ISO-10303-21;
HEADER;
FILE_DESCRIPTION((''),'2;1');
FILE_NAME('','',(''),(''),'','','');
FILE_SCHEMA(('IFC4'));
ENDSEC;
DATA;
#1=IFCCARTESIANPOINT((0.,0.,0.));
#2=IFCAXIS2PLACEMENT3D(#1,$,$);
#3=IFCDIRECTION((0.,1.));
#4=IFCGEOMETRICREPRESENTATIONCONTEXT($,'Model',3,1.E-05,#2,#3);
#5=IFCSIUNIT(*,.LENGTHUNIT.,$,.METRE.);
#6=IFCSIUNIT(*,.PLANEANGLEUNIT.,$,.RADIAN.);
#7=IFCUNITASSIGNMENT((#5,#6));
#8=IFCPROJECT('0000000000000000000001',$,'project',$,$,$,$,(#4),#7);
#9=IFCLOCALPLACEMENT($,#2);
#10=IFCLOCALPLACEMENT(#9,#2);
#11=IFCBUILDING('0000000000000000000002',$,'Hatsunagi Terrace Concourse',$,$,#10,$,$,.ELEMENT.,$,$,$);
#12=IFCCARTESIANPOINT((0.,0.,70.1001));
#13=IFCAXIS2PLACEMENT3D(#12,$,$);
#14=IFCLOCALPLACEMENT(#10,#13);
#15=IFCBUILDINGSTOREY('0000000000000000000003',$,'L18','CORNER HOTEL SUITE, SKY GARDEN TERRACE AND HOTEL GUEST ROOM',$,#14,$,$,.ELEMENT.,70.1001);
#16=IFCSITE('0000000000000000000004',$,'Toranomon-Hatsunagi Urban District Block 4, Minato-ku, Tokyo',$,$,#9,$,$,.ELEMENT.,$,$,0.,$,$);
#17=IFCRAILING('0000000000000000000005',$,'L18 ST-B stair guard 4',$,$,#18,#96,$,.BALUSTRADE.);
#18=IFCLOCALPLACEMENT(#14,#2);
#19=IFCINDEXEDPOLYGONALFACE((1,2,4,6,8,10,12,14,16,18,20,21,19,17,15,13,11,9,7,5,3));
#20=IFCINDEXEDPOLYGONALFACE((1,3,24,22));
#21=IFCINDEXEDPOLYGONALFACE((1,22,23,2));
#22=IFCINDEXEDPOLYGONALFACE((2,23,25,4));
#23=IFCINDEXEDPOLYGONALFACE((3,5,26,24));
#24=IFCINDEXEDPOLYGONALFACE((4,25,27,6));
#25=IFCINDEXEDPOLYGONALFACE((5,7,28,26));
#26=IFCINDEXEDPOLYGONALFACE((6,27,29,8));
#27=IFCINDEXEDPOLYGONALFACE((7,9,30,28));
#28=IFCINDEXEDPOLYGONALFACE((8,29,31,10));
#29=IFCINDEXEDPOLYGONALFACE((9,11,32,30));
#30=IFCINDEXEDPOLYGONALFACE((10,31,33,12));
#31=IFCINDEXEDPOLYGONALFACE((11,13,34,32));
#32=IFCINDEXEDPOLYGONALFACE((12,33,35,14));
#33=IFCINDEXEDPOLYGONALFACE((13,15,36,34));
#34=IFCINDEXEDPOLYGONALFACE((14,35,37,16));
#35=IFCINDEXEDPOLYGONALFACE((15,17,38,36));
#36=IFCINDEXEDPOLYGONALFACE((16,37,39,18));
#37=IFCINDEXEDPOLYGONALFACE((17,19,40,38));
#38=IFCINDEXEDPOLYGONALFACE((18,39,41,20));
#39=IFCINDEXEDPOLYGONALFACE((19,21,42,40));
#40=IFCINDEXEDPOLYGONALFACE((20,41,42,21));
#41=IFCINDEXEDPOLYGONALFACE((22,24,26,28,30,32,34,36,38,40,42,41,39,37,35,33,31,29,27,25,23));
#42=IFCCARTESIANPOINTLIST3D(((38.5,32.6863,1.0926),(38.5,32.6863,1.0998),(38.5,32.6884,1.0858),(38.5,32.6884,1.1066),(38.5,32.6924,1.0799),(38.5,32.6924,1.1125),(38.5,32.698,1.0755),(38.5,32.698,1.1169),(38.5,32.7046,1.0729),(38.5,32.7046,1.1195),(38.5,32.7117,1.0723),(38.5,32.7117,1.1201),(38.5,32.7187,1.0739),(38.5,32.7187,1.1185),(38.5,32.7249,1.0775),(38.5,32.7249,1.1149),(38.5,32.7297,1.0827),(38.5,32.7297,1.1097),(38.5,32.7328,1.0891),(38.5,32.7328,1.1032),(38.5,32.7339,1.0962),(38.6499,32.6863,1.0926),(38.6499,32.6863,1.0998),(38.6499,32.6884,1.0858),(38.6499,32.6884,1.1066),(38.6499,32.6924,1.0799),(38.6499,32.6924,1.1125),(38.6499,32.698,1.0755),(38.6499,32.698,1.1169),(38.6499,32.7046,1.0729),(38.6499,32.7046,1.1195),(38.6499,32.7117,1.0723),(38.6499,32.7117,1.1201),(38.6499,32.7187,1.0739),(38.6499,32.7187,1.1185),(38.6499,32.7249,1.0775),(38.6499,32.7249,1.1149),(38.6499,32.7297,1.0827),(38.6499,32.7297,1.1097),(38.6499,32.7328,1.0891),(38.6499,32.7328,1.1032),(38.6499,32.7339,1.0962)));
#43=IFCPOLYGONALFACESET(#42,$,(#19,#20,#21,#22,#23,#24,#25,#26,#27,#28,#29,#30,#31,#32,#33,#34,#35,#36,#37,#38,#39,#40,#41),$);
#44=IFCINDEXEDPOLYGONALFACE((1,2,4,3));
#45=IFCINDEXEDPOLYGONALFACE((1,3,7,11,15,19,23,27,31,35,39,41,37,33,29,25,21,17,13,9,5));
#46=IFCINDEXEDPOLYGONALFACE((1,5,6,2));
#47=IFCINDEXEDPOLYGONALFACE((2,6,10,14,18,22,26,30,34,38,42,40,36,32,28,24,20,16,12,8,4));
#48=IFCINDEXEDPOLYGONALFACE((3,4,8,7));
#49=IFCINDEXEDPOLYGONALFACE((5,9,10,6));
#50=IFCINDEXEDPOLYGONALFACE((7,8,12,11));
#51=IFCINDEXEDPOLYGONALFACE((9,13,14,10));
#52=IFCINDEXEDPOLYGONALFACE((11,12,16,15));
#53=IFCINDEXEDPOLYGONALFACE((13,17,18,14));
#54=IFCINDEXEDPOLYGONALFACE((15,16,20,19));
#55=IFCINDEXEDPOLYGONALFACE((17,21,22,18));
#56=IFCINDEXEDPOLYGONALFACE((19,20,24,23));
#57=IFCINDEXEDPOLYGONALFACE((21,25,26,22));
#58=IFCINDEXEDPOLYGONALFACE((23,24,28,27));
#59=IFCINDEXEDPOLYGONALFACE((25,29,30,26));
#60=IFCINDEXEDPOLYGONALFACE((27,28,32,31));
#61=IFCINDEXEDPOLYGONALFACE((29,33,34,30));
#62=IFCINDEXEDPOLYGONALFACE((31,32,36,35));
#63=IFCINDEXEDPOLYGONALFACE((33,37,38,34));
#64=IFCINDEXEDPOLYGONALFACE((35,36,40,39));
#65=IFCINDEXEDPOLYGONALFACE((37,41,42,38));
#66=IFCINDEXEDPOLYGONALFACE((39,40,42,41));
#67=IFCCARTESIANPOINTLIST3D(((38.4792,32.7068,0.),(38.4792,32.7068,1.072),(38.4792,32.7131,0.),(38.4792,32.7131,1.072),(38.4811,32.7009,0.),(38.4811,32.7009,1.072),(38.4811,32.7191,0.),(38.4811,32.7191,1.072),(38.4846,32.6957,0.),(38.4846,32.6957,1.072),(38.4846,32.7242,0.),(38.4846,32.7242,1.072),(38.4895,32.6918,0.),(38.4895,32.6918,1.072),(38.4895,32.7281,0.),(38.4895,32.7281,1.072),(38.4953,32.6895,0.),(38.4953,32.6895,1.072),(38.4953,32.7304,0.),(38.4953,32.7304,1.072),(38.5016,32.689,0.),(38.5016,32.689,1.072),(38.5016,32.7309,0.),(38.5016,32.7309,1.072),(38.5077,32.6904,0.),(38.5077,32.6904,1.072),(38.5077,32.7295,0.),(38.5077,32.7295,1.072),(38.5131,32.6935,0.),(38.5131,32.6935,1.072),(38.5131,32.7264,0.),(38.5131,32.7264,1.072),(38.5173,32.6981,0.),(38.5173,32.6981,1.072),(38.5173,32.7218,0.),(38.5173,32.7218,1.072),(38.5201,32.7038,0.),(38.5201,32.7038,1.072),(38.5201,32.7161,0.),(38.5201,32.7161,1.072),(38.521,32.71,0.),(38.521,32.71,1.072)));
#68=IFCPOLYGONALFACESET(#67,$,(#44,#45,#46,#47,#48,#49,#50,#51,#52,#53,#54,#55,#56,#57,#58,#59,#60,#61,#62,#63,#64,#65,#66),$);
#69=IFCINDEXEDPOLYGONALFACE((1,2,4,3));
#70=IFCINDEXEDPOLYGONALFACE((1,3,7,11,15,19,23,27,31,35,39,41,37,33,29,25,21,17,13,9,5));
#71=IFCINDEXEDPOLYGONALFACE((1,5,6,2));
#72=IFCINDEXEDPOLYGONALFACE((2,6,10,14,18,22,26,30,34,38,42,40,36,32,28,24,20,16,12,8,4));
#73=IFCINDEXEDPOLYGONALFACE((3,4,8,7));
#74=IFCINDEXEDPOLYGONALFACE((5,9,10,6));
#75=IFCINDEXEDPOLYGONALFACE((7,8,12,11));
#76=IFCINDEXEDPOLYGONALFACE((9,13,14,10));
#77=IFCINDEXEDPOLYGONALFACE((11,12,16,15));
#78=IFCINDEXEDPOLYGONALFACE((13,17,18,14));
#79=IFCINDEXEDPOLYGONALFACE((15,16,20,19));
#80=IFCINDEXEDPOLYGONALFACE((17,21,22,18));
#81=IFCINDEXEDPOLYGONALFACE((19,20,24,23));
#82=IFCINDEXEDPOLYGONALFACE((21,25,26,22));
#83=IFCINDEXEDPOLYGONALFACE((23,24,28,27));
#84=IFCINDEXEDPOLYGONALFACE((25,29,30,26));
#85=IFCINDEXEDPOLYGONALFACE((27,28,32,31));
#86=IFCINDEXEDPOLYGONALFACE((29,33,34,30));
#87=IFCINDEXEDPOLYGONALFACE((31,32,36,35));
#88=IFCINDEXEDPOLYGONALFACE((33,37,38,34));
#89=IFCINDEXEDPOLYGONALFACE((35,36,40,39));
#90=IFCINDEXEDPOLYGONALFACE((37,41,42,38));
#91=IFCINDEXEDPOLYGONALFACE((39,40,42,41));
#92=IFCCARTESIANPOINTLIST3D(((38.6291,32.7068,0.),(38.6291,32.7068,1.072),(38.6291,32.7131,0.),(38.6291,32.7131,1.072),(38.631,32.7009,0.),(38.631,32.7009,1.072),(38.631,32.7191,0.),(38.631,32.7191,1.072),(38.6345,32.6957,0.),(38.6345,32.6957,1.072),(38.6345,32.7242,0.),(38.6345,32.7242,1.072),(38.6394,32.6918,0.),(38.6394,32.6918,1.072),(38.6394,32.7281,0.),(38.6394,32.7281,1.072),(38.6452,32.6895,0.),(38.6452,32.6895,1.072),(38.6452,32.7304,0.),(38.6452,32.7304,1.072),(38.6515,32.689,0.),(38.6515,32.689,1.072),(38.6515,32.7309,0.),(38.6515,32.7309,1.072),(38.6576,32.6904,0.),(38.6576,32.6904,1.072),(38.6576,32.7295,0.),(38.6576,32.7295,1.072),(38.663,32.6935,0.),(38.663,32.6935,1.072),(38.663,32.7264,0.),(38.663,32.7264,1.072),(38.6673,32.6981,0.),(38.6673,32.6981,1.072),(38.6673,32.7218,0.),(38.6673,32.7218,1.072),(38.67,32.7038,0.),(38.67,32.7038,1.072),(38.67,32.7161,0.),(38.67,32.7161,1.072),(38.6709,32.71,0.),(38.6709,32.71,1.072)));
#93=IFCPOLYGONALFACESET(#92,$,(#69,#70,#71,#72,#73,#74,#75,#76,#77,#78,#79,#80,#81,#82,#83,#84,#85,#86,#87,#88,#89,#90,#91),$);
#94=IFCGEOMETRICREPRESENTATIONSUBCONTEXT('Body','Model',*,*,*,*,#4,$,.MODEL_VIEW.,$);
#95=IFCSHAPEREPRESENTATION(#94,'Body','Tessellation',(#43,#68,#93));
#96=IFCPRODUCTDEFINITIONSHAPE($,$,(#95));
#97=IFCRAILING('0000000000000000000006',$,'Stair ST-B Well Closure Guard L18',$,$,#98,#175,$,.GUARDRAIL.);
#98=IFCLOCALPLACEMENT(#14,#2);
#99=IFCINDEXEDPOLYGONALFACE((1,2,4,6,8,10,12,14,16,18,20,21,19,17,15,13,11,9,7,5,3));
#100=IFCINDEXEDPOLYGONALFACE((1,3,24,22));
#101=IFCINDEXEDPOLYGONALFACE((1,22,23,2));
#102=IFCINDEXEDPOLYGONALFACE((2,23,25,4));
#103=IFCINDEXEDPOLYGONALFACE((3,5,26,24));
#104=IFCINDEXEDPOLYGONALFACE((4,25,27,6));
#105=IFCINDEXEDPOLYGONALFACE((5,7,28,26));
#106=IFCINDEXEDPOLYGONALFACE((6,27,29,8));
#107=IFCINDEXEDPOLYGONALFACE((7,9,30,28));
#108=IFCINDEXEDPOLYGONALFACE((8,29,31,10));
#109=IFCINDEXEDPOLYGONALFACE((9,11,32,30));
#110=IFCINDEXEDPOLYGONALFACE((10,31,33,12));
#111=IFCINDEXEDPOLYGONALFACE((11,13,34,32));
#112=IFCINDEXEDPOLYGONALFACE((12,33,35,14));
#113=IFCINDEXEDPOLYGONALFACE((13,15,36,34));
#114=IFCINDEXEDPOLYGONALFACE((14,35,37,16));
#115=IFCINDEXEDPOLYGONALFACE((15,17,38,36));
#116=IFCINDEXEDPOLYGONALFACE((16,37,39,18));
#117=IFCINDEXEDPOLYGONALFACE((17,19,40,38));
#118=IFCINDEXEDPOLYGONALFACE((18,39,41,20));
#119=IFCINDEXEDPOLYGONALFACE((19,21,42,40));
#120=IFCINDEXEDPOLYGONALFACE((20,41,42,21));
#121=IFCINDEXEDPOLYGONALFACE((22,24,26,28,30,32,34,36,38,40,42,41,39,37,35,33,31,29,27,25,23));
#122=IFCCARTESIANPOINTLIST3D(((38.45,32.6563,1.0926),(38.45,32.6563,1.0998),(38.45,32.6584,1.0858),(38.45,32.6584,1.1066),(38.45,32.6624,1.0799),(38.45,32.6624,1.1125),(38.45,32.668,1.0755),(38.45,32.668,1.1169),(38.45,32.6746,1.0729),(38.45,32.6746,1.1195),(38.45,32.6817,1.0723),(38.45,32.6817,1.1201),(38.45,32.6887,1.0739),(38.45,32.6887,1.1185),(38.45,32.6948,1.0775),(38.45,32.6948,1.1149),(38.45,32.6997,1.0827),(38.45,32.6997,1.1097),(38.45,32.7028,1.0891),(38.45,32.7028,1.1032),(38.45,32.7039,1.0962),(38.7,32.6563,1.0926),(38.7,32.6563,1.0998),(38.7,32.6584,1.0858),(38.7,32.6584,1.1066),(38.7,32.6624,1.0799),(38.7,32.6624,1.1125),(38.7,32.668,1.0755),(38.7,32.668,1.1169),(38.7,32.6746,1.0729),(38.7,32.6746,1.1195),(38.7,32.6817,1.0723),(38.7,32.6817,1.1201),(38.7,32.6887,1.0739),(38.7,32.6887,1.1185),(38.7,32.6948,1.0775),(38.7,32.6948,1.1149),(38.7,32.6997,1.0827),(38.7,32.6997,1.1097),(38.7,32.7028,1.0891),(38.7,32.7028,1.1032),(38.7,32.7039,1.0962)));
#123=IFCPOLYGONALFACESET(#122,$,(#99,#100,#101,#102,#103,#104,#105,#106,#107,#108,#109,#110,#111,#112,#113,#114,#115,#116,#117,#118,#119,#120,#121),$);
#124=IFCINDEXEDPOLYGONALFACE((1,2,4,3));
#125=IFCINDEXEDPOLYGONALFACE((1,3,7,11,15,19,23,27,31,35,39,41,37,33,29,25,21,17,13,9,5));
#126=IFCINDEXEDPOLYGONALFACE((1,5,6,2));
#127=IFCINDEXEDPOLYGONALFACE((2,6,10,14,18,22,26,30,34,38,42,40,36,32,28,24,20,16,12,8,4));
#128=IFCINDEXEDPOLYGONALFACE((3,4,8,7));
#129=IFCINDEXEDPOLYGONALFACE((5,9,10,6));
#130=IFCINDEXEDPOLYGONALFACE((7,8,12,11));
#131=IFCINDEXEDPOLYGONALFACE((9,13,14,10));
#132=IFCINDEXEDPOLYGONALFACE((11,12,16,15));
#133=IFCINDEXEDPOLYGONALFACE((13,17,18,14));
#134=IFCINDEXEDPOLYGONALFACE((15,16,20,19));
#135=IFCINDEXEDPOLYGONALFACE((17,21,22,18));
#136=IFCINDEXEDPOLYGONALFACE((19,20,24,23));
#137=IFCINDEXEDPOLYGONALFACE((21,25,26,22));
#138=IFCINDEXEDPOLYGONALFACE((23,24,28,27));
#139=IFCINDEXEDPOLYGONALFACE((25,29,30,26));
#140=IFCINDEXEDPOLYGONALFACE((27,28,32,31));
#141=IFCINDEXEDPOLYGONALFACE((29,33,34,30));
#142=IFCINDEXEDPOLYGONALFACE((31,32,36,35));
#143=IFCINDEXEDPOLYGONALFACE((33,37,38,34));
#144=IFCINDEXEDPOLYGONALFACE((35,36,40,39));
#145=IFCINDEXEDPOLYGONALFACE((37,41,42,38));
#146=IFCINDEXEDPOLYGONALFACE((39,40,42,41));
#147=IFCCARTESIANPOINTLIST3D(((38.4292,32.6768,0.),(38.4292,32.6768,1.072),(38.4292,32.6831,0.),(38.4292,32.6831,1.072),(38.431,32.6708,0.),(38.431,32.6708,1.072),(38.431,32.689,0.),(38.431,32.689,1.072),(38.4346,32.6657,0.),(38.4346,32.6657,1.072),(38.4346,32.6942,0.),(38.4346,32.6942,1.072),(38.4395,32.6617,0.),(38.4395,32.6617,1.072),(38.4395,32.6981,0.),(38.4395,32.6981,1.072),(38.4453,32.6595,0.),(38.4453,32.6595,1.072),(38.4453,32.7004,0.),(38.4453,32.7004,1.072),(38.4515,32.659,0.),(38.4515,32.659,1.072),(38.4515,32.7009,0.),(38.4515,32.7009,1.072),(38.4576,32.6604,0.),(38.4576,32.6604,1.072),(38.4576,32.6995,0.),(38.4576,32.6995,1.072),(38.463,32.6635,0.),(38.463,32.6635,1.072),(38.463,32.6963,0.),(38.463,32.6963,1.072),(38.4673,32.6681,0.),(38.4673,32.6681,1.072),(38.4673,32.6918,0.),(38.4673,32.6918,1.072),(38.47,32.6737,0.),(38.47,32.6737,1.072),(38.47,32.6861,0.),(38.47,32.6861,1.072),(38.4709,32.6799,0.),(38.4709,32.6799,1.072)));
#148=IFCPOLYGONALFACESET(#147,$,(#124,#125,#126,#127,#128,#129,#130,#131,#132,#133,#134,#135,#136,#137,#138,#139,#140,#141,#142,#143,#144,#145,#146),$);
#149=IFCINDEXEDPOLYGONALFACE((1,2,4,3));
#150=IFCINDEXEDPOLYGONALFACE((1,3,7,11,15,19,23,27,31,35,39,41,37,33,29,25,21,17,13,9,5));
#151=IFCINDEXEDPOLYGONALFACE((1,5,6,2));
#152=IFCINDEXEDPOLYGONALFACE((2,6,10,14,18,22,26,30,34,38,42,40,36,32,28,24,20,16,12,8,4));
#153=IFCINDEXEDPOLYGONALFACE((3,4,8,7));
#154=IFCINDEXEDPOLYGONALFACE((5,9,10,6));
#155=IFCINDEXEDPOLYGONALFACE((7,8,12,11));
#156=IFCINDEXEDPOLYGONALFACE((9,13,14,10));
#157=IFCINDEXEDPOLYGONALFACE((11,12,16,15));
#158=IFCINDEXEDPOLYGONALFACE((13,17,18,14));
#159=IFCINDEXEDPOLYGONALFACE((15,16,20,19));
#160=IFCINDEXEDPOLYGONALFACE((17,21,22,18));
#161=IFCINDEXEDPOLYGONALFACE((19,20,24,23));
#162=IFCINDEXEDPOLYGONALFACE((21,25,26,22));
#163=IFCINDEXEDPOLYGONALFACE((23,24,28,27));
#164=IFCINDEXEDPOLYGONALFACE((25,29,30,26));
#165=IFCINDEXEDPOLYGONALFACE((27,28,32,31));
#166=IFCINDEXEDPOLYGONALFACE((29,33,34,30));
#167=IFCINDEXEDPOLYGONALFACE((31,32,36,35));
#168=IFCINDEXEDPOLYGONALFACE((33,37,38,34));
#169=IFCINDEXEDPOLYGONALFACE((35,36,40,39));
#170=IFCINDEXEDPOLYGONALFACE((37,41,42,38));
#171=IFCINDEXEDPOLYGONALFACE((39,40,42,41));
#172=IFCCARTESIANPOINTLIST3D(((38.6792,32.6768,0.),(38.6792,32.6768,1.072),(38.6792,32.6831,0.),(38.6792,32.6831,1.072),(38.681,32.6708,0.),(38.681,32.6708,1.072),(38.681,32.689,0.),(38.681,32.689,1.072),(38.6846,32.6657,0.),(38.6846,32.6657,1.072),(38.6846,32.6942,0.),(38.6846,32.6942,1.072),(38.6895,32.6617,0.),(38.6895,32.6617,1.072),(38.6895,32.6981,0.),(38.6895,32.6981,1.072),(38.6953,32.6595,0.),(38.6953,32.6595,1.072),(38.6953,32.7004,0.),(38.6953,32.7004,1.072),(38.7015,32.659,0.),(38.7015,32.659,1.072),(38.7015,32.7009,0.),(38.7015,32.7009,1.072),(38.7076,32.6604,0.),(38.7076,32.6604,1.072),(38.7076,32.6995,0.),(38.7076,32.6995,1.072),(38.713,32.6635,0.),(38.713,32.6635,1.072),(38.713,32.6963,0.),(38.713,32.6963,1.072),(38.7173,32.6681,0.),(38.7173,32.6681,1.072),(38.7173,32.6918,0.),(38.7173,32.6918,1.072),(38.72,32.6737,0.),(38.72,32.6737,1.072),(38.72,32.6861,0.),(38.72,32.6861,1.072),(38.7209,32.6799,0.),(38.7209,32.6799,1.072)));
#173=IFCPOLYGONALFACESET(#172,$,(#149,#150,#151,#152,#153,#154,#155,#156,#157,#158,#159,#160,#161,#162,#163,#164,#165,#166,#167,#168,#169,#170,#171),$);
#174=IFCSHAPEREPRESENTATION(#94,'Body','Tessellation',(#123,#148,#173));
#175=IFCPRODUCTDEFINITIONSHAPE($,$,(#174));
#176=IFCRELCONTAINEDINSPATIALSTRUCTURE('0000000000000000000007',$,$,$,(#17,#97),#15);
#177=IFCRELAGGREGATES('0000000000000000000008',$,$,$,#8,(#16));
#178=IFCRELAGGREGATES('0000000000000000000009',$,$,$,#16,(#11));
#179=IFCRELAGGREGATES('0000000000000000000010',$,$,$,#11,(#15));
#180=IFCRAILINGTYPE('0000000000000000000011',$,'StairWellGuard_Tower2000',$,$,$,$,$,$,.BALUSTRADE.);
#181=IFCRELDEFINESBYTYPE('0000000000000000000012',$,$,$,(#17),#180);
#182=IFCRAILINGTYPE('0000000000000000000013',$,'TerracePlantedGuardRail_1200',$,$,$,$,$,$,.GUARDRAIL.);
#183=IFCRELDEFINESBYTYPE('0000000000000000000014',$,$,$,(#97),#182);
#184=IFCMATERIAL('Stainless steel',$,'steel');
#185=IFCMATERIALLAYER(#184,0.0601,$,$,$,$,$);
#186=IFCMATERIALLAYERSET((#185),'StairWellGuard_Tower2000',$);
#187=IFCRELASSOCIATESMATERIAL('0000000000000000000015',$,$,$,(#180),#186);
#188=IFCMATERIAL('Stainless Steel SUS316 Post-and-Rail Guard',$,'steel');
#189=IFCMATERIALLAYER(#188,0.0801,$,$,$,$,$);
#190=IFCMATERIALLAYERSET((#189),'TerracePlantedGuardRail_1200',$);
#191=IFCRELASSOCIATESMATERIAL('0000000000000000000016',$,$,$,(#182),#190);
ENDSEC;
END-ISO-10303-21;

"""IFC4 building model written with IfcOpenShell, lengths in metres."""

from ifc_helpers import new_model, si_unit, direction, frame, origin, origin_2d, place, context, subcontext, project, spatial, circle, extrude, material, layer, layer_set, type_object, element, save


model = new_model("IFC4")

# Units and contexts
model_context = context("Model", 3, precision=1e-05, world=origin(), true_north=direction((0.0, 1.0)))
body_context = subcontext(model_context, "Body", "Model", "MODEL_VIEW")
ifc_project = project(units=[si_unit("LENGTHUNIT", "METRE"), si_unit("PLANEANGLEUNIT", "RADIAN")], contexts=[model_context])

# Site, building, storey
site_placement = place(None, origin())
site = spatial("IfcSite", under=ifc_project, at=site_placement, Name="Toranomon-Hatsunagi Urban District Block 4, Minato-ku, Tokyo", CompositionType="ELEMENT", RefElevation=0.0)
building_placement = place(site_placement, origin())
building = spatial("IfcBuilding", under=site, at=building_placement, Name="Hatsunagi Terrace Concourse", CompositionType="ELEMENT")
storey_placement = place(building_placement, frame((0.0, 0.0, 70.1001)))
storey = spatial("IfcBuildingStorey", under=building, at=storey_placement, Name="L18", Description="CORNER HOTEL SUITE, SKY GARDEN TERRACE AND HOTEL GUEST ROOM", CompositionType="ELEMENT", Elevation=70.1001)

# Railings
ifc_material_1 = material(Name="Stainless steel", Category="steel")
ifc_layer_1 = layer(ifc_material_1, 0.0601)
ifc_layer_set_1 = layer_set([ifc_layer_1], Name="StairWellGuard_Tower2000")
railing_type_1 = type_object("IfcRailingType", Name="StairWellGuard_Tower2000", PredefinedType="BALUSTRADE", material=ifc_layer_set_1)
railing_1_placement = place(storey_placement, frame((38.5, 32.71, 0.0)))
element("IfcRailing", 1, at=railing_1_placement, inside=storey, type_object=railing_type_1, Name="L18 ST-B stair guard 4", PredefinedType="BALUSTRADE", context=body_context, shape_type="SweptSolid", body=[
    extrude(circle(Radius=0.0239, at=origin_2d()), frame((0.0, 0.0, 1.0962), z_axis=(1.0, 0.0, 0.0), x_axis=(0.0, 1.0, 0.0)), (0.0, 0.0, 1.0), 0.1499),
    extrude(circle(Radius=0.021, at=origin_2d()), origin(), (0.0, 0.0, 1.0), 1.072),
    extrude(circle(Radius=0.021, at=origin_2d()), frame((0.1499, 0.0, 0.0)), (0.0, 0.0, 1.0), 1.072),
])
ifc_material_2 = material(Name="Stainless Steel SUS316 Post-and-Rail Guard", Category="steel")
ifc_layer_2 = layer(ifc_material_2, 0.0801)
ifc_layer_set_2 = layer_set([ifc_layer_2], Name="TerracePlantedGuardRail_1200")
railing_type_2 = type_object("IfcRailingType", Name="TerracePlantedGuardRail_1200", PredefinedType="GUARDRAIL", material=ifc_layer_set_2)
railing_2_placement = place(storey_placement, frame((38.45, 32.6799, 0.0)))
element("IfcRailing", 2, at=railing_2_placement, inside=storey, type_object=railing_type_2, Name="Stair ST-B Well Closure Guard L18", PredefinedType="GUARDRAIL", context=body_context, shape_type="SweptSolid", body=[
    extrude(circle(Radius=0.0239, at=origin_2d()), frame((0.0, 0.0, 1.0962), z_axis=(1.0, 0.0, 0.0), x_axis=(0.0, 1.0, 0.0)), (0.0, 0.0, 1.0), 0.25),
    extrude(circle(Radius=0.021, at=origin_2d()), origin(), (0.0, 0.0, 1.0), 1.072),
    extrude(circle(Radius=0.021, at=origin_2d()), frame((0.25, 0.0, 0.0)), (0.0, 0.0, 1.0), 1.072),
])

save(model, "model.ifc")
